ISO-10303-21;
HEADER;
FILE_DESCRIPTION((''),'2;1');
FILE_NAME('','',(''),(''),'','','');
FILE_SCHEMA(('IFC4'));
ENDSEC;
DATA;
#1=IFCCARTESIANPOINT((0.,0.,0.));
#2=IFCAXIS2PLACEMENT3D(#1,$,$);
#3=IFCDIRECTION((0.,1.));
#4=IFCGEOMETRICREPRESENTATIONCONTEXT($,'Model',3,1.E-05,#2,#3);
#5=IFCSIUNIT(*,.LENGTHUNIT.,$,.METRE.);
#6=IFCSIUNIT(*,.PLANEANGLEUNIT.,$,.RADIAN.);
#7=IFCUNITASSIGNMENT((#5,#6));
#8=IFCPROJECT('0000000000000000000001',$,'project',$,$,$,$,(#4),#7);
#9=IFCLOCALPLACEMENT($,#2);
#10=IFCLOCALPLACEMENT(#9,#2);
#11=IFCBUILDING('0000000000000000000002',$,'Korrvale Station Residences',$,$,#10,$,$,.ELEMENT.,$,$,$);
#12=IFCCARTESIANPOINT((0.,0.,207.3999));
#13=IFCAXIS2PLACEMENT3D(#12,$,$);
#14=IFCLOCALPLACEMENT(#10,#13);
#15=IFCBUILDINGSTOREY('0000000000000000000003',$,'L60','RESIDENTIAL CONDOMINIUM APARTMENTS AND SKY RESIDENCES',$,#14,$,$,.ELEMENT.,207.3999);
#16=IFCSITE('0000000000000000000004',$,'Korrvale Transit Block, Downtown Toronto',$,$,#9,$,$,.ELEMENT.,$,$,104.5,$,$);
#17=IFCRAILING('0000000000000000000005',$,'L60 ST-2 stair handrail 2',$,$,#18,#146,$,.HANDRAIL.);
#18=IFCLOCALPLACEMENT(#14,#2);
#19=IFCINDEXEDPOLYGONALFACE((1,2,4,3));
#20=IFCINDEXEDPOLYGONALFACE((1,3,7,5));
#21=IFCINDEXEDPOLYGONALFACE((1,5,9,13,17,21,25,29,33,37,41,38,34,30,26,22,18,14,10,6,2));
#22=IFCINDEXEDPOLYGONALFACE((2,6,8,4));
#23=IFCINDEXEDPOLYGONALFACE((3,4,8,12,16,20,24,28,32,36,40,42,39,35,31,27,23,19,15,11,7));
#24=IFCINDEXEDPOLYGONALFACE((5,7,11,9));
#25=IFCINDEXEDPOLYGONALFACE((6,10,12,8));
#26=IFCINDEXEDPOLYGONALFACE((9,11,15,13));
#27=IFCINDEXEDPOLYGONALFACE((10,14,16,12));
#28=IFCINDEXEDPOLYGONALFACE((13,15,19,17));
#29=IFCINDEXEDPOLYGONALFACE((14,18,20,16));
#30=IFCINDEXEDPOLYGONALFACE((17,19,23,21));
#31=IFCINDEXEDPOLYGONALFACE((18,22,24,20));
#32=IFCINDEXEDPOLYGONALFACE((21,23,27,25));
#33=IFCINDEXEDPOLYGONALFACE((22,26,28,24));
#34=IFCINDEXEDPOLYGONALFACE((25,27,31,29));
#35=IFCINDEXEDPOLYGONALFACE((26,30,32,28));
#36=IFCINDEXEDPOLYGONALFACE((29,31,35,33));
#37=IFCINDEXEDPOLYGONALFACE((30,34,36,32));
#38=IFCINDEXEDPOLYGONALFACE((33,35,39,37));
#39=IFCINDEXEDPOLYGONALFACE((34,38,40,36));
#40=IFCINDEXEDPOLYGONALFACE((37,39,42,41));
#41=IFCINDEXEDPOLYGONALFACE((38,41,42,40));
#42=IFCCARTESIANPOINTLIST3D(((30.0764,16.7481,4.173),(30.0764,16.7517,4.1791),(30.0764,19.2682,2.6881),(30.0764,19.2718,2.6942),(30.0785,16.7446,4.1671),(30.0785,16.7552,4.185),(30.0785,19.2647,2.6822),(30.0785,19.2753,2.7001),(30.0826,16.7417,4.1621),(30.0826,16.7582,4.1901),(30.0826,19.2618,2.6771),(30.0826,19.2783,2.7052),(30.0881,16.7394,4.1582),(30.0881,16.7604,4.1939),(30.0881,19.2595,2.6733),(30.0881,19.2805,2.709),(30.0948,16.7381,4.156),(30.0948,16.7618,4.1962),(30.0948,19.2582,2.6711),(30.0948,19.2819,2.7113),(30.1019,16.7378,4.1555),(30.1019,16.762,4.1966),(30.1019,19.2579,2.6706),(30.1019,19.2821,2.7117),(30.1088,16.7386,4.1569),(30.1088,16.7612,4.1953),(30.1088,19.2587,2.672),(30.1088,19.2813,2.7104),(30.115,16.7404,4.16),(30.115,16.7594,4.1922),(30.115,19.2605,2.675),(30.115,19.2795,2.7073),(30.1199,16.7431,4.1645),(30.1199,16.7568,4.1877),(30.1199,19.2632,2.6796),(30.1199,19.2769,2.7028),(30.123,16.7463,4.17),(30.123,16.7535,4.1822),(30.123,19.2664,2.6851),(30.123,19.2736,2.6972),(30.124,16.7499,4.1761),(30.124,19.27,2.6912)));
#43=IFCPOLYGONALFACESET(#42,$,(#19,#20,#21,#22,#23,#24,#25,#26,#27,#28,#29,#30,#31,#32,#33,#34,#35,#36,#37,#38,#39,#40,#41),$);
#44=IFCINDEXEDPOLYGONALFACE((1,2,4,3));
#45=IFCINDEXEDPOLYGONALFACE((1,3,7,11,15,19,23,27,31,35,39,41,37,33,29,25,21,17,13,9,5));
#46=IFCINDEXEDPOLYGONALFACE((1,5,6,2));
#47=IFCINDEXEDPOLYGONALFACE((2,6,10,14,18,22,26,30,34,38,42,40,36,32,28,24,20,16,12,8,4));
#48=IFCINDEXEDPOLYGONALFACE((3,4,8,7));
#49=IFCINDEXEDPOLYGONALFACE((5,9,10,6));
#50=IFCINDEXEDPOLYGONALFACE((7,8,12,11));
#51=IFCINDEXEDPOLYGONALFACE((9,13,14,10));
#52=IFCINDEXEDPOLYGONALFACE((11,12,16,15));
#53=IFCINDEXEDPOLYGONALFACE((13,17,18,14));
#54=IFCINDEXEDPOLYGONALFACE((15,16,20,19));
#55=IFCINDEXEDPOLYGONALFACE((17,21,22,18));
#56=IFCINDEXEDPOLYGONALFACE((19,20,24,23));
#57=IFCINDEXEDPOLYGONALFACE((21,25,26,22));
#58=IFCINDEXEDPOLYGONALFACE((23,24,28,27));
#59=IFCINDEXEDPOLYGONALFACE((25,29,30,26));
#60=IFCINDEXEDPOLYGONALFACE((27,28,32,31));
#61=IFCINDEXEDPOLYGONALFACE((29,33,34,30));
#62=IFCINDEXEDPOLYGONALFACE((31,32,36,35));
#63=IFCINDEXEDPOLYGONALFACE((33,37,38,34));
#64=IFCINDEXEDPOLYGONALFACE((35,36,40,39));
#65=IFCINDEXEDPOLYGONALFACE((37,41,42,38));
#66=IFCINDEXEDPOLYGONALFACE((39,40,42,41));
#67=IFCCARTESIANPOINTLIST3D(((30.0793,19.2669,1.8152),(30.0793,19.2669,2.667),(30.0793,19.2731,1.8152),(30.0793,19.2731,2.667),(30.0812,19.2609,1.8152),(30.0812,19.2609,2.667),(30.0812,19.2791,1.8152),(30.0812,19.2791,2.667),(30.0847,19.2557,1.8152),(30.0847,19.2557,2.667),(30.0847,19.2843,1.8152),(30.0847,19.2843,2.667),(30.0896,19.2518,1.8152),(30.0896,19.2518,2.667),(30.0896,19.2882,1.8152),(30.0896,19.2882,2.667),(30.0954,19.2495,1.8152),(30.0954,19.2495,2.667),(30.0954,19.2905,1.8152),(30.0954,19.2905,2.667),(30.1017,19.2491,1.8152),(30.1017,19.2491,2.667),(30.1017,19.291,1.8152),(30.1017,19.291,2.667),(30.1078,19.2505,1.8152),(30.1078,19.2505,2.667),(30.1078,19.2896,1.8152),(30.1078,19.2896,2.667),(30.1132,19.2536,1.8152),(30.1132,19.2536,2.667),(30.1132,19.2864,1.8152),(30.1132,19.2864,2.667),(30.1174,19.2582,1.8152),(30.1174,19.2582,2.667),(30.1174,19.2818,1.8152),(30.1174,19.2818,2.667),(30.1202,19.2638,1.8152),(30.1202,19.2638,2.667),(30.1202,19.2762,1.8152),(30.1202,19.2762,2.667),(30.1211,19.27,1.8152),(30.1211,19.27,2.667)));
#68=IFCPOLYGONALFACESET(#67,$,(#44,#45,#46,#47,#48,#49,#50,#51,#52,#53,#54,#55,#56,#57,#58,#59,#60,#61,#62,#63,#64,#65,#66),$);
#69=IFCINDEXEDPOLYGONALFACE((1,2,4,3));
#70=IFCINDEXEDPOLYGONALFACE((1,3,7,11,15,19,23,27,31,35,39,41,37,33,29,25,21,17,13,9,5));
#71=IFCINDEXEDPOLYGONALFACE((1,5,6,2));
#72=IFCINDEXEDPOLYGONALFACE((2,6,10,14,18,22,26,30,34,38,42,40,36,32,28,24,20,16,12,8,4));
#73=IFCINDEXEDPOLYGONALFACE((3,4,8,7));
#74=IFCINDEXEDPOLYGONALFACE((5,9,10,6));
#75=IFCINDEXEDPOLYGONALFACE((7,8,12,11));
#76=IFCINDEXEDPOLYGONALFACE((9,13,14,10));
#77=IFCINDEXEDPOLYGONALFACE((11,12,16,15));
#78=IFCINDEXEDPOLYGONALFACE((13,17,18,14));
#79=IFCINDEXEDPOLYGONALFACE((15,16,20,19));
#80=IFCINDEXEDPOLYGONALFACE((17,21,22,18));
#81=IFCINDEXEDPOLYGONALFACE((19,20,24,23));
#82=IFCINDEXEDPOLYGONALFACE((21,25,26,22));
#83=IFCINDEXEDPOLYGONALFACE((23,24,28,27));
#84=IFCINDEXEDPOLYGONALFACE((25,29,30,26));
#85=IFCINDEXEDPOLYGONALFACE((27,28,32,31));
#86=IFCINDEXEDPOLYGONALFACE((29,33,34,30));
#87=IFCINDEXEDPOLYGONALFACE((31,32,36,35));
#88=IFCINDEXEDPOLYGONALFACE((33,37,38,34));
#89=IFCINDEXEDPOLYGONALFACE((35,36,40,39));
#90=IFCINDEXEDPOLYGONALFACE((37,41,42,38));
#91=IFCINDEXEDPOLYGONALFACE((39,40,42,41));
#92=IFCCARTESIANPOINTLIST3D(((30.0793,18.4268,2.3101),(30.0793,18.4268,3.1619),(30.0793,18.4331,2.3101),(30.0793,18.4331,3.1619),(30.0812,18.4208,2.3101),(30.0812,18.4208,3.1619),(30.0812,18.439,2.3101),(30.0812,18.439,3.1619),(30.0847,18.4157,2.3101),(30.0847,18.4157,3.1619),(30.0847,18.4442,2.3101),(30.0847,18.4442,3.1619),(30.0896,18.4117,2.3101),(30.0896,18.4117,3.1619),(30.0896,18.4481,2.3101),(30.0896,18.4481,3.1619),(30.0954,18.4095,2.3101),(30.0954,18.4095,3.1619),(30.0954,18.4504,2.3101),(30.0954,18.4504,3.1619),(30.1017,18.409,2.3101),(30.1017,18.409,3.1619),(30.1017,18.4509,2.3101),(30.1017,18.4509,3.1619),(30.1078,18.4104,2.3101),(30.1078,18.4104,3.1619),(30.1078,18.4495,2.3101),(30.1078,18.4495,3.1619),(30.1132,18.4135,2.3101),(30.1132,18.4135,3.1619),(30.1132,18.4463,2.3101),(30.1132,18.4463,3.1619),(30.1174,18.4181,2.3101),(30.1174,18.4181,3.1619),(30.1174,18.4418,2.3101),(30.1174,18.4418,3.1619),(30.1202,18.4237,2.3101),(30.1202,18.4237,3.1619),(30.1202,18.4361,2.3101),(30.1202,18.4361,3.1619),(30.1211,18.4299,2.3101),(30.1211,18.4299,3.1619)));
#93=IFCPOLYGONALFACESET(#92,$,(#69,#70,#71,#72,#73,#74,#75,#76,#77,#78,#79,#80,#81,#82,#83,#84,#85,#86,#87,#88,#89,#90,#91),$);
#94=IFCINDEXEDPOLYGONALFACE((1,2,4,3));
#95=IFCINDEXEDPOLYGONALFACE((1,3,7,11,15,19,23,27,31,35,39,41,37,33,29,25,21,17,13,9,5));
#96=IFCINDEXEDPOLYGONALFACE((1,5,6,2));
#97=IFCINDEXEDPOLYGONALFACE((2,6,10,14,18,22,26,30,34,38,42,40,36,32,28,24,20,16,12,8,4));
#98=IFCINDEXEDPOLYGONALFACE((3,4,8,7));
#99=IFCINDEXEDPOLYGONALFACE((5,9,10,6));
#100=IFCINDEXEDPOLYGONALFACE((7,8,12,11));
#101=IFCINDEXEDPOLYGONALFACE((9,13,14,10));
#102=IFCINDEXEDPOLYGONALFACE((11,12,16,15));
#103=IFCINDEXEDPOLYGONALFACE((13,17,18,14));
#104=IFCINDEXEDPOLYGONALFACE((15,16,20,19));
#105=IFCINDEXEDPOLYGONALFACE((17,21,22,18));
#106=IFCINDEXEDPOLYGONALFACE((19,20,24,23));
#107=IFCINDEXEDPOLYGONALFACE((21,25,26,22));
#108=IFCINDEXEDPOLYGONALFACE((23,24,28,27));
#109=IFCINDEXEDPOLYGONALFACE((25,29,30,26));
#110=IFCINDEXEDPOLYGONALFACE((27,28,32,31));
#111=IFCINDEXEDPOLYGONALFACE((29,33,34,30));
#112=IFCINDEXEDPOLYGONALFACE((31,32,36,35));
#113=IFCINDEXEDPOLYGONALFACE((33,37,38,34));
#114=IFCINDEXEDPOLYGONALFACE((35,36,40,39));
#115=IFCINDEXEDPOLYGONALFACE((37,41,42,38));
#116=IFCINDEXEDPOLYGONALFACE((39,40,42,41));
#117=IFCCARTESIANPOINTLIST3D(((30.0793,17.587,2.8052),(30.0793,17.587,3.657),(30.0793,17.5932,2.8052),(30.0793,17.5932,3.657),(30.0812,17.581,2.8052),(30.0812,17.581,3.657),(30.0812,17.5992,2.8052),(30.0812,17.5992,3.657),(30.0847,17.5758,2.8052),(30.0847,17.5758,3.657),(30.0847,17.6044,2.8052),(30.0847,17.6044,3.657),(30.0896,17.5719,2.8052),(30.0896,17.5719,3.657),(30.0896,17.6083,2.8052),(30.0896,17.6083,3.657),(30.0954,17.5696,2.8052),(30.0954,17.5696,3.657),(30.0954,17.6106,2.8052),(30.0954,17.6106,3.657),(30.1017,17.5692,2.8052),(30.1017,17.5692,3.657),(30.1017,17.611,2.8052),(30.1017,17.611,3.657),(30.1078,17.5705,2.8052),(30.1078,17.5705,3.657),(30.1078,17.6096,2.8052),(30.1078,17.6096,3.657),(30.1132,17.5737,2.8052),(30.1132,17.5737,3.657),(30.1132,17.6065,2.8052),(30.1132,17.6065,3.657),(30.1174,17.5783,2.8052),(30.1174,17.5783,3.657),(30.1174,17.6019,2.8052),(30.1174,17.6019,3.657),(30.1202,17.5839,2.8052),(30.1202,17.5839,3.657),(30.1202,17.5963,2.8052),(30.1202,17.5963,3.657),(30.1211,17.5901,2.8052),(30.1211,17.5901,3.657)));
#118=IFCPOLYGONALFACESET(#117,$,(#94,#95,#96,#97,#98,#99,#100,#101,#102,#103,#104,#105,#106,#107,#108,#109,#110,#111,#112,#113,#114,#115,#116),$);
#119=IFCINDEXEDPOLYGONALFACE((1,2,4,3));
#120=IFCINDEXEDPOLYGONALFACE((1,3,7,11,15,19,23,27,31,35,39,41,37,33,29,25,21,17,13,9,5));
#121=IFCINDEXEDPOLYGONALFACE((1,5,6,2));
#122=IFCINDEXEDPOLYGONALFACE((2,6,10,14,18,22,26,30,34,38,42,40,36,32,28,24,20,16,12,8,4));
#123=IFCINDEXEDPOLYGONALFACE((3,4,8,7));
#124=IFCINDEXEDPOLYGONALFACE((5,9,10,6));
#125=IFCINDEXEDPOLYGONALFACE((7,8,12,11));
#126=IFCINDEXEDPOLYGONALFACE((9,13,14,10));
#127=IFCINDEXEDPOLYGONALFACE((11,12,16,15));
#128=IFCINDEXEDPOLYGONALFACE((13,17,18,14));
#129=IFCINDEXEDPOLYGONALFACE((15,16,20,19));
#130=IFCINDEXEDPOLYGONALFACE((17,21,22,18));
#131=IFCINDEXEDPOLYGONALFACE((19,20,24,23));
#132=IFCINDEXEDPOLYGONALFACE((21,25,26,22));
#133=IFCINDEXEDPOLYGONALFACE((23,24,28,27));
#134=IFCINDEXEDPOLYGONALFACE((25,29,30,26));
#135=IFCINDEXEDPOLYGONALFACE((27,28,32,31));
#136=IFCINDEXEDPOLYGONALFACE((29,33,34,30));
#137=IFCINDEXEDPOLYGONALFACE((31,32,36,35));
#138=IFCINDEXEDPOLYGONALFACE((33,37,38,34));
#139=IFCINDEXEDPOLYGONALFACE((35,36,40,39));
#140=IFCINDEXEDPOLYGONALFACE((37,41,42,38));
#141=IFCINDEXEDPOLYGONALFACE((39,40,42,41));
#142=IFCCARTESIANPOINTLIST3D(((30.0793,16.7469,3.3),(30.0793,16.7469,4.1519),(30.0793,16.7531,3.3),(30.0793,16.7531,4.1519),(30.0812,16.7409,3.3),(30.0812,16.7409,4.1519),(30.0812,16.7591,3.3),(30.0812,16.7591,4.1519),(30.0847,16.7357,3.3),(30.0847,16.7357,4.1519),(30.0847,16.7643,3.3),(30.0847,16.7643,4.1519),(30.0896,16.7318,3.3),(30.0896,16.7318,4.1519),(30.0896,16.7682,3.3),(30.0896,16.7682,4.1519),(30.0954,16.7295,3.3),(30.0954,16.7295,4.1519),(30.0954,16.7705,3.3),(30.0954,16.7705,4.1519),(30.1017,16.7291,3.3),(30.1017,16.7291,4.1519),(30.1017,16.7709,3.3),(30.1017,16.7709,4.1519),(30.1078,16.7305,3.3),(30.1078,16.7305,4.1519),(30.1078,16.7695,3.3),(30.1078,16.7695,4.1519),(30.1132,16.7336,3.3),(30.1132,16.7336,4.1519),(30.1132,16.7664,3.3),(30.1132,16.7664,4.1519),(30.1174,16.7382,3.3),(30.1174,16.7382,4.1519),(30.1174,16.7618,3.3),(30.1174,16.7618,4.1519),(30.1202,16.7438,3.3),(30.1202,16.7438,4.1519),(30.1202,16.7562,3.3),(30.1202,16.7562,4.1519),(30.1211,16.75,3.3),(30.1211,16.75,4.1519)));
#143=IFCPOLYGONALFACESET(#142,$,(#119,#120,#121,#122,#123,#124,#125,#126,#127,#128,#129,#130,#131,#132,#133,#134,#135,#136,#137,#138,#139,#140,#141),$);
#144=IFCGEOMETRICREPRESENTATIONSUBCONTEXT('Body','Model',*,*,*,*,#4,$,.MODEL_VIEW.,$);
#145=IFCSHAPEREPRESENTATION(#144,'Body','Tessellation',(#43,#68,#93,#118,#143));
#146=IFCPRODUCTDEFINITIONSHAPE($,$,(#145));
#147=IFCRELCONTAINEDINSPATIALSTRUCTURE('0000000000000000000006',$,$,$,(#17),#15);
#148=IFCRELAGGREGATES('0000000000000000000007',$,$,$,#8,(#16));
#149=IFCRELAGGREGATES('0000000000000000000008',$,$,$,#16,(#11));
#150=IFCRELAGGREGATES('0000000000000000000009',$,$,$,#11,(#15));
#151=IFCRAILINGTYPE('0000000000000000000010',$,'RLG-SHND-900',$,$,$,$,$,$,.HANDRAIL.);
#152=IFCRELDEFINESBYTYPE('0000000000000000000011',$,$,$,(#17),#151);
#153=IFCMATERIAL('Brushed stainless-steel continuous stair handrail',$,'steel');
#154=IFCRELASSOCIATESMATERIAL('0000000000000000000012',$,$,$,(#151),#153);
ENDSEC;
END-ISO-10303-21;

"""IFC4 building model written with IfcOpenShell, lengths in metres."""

from ifc_helpers import new_model, si_unit, direction, frame, origin, origin_2d, place, context, subcontext, project, spatial, circle, extrude, material, type_object, element, save


model = new_model("IFC4")

# Units and contexts
model_context = context("Model", 3, precision=1e-05, world=origin(), true_north=direction((0.0, 1.0)))
body_context = subcontext(model_context, "Body", "Model", "MODEL_VIEW")
ifc_project = project(units=[si_unit("LENGTHUNIT", "METRE"), si_unit("PLANEANGLEUNIT", "RADIAN")], contexts=[model_context])

# Site, building, storey
site_placement = place(None, origin())
site = spatial("IfcSite", under=ifc_project, at=site_placement, Name="Korrvale Transit Block, Downtown Toronto", CompositionType="ELEMENT", RefElevation=104.5)
building_placement = place(site_placement, origin())
building = spatial("IfcBuilding", under=site, at=building_placement, Name="Korrvale Station Residences", CompositionType="ELEMENT")
storey_placement = place(building_placement, frame((0.0, 0.0, 207.3999)))
storey = spatial("IfcBuildingStorey", under=building, at=storey_placement, Name="L60", Description="RESIDENTIAL CONDOMINIUM APARTMENTS AND SKY RESIDENCES", CompositionType="ELEMENT", Elevation=207.3999)

# Railing
ifc_material_1 = material(Name="Brushed stainless-steel continuous stair handrail", Category="steel")
railing_type_1 = type_object("IfcRailingType", Name="RLG-SHND-900", PredefinedType="HANDRAIL", material=ifc_material_1)
railing_1_placement = place(storey_placement, frame((30.1001, 19.27, 1.8152)))
element("IfcRailing", 1, at=railing_1_placement, inside=storey, type_object=railing_type_1, Name="L60 ST-2 stair handrail 2", PredefinedType="HANDRAIL", context=body_context, shape_type="SweptSolid", body=[
    extrude(circle(Radius=0.0239, at=origin_2d()), frame((0.0, 0.0, 0.876), z_axis=(0.0, -0.861561, 0.507655), x_axis=(1.0, 0.0, 0.0)), (0.0, 0.0, 1.0), 2.925),
    extrude(circle(Radius=0.021, at=origin_2d()), origin(), (0.0, 0.0, 1.0), 0.8518),
    extrude(circle(Radius=0.021, at=origin_2d()), frame((0.0, -0.8401, 0.4949)), (0.0, 0.0, 1.0), 0.8518),
    extrude(circle(Radius=0.021, at=origin_2d()), frame((0.0, -1.6799, 0.99)), (0.0, 0.0, 1.0), 0.8518),
    extrude(circle(Radius=0.021, at=origin_2d()), frame((0.0, -2.52, 1.4849)), (0.0, 0.0, 1.0), 0.8518),
])

save(model, "model.ifc")
